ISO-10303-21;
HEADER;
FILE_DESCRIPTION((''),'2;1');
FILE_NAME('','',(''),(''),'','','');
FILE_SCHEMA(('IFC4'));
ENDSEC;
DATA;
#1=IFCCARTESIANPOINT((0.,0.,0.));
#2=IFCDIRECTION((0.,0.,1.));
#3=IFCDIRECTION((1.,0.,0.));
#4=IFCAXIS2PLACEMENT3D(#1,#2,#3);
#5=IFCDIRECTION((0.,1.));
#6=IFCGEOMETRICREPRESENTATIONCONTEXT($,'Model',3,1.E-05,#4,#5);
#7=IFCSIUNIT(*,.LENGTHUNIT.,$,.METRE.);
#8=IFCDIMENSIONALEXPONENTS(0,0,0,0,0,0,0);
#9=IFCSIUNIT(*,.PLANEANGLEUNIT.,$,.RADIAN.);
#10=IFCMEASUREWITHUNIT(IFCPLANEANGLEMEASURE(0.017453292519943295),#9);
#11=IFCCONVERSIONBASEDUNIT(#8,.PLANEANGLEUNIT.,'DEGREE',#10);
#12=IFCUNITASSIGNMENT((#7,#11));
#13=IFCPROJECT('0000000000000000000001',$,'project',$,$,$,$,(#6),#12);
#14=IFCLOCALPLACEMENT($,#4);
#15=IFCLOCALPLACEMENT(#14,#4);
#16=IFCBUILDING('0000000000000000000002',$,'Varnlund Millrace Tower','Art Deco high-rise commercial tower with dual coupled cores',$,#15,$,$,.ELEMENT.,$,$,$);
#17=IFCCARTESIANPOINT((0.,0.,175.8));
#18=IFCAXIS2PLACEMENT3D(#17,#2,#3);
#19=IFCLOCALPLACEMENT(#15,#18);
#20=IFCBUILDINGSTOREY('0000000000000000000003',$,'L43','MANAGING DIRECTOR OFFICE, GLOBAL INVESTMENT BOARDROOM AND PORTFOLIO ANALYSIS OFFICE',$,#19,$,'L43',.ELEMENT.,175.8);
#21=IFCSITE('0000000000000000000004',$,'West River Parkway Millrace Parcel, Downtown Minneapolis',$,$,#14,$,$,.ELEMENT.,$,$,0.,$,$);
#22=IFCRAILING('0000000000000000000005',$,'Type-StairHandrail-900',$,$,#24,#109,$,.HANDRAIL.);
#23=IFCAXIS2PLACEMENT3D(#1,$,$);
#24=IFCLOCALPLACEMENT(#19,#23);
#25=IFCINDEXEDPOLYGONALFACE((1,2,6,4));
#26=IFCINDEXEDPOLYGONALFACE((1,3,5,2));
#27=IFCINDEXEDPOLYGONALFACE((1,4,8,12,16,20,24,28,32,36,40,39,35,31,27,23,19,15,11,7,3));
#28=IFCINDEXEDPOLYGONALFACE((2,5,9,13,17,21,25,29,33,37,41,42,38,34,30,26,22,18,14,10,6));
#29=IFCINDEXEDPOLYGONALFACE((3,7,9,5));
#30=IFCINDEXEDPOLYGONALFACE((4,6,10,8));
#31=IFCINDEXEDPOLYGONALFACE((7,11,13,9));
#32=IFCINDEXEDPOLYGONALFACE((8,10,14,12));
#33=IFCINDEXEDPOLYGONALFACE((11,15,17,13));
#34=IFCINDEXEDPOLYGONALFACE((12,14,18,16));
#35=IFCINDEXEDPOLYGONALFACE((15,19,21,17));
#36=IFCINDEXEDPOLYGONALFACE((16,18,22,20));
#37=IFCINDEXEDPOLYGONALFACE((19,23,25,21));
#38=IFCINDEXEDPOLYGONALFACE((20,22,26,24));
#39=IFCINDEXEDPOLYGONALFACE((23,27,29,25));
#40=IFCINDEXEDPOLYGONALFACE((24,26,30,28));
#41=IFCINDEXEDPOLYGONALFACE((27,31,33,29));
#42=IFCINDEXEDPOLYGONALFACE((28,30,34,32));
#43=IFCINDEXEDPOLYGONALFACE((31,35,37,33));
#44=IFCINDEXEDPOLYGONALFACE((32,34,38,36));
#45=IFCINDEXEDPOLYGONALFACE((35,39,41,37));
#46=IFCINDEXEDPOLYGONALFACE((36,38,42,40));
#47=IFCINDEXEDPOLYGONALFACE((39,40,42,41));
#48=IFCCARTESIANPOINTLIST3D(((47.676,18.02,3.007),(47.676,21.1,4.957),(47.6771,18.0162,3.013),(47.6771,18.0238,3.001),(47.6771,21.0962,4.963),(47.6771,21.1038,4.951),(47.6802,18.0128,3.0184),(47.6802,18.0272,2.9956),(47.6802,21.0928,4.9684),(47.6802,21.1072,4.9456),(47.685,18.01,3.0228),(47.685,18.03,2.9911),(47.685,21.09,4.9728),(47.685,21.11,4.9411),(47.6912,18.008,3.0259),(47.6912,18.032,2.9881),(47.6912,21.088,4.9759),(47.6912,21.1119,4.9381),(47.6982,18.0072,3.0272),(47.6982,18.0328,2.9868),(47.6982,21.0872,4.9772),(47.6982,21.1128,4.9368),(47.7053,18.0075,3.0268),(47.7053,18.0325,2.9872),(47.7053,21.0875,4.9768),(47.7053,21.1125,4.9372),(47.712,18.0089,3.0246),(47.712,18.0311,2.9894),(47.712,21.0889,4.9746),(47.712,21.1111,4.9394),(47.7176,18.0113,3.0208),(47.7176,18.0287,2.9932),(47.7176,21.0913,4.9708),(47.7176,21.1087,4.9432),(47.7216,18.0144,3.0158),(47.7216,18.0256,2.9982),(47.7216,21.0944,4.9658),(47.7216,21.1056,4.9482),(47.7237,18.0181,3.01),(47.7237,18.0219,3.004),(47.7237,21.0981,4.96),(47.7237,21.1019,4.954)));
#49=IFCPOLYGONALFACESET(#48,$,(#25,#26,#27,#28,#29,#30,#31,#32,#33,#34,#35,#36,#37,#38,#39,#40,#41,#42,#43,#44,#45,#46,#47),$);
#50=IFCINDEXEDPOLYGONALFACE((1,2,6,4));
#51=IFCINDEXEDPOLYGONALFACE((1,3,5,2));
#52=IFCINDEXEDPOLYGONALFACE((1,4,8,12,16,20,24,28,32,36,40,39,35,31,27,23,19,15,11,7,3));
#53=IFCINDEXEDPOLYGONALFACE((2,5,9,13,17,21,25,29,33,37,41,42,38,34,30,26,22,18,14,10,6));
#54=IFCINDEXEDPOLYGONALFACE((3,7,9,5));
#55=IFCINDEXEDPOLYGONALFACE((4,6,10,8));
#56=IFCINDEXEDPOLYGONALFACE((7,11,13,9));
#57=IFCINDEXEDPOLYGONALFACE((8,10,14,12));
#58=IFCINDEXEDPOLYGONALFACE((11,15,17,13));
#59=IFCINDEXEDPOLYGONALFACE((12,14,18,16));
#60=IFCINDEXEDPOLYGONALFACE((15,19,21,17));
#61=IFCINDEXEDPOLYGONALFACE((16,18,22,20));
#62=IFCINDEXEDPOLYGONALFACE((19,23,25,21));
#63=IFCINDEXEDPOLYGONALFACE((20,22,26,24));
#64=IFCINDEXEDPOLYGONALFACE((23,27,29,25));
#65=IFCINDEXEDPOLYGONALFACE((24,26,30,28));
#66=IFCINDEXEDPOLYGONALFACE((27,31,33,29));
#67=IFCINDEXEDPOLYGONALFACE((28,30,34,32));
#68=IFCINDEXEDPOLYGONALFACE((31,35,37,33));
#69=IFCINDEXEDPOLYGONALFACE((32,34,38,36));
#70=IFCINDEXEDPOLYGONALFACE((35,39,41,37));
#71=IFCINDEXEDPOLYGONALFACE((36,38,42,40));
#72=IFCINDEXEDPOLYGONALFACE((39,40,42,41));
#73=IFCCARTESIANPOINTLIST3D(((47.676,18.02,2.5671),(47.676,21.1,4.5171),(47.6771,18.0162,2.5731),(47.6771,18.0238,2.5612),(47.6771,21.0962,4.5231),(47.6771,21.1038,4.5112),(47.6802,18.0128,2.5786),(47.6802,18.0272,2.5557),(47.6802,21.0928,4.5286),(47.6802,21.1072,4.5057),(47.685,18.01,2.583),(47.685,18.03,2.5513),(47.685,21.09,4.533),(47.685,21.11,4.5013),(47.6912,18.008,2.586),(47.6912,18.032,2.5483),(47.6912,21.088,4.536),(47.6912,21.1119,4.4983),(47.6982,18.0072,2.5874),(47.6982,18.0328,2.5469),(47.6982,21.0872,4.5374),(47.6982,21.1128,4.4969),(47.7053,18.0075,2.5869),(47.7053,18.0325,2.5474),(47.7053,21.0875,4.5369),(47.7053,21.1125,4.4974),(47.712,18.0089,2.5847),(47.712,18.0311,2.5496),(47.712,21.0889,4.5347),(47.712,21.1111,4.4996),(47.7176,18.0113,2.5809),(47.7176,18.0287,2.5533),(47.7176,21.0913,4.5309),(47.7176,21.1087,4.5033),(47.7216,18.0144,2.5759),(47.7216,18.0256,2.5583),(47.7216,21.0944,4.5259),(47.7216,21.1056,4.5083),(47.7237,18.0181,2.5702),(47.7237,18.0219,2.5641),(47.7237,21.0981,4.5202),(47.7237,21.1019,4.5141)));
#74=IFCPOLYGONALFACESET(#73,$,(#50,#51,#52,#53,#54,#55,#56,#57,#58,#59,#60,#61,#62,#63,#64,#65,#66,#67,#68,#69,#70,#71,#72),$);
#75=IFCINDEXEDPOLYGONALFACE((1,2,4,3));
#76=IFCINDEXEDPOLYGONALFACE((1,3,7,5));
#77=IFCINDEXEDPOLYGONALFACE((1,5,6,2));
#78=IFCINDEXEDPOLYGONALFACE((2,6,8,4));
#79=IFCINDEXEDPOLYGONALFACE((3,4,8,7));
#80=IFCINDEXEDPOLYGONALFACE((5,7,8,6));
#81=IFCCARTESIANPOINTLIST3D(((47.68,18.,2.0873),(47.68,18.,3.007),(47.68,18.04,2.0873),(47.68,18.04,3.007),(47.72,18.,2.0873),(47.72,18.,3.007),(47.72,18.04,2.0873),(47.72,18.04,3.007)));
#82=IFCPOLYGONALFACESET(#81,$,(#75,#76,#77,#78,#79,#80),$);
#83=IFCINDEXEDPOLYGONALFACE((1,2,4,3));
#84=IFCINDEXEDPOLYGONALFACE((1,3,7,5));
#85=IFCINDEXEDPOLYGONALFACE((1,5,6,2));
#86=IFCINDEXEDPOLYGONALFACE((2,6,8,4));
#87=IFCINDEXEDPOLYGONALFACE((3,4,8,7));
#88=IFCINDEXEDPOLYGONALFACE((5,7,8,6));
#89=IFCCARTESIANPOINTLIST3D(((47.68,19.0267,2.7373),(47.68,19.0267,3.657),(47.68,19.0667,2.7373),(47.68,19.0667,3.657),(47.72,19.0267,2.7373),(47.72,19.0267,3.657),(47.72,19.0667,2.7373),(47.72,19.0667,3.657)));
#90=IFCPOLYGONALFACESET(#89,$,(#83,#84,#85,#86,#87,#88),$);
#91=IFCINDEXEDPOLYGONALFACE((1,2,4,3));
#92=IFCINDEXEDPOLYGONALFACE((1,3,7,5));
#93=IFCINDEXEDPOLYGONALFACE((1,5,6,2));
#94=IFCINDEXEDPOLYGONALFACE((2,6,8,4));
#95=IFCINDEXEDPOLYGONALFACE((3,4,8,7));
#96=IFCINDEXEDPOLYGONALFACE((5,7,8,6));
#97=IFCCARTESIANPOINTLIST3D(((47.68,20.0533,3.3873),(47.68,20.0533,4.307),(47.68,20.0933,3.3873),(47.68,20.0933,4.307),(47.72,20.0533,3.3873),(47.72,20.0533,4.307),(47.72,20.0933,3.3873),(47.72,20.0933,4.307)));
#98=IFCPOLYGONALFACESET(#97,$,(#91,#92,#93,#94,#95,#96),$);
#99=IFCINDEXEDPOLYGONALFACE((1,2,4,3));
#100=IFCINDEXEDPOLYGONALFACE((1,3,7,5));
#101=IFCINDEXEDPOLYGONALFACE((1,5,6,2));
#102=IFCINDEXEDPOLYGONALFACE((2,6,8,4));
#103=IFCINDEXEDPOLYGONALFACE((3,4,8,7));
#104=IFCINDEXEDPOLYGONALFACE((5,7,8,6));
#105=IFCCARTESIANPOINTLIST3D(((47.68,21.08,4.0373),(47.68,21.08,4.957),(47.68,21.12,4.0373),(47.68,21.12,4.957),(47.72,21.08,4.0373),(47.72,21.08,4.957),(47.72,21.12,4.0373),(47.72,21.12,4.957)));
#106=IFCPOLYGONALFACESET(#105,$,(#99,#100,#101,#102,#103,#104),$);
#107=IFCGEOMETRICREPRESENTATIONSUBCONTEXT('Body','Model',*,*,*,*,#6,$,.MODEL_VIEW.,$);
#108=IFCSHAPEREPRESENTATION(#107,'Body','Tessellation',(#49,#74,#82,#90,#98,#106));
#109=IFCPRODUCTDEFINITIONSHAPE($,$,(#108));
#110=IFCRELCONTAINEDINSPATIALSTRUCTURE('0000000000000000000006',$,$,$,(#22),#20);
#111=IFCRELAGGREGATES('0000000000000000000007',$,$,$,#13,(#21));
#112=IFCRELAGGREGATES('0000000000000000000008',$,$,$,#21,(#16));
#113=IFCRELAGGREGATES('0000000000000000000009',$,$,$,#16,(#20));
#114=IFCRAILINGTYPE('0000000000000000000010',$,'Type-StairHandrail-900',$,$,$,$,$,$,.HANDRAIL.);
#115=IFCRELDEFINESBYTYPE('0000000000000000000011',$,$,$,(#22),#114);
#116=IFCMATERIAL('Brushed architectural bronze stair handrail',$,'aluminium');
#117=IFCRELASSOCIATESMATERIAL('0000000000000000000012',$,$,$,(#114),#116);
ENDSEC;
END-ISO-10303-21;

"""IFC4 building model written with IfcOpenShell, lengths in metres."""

from ifc_helpers import new_model, entity, si_unit, converted_unit, direction, frame, origin_with_axes, origin_2d_with_axis, place, context, subcontext, project, spatial, rectangle, circle, extrude, material, type_object, element, save


model = new_model("IFC4")

# Units and contexts
model_context = context("Model", 3, precision=1e-05, world=origin_with_axes(), true_north=direction((0.0, 1.0)))
body_context = subcontext(model_context, "Body", "Model", "MODEL_VIEW")
ifc_project = project(units=[si_unit("LENGTHUNIT", "METRE"), converted_unit("PLANEANGLEUNIT", "DEGREE", entity("IfcPlaneAngleMeasure", 0.017453292519943295), si_unit("PLANEANGLEUNIT", "RADIAN"), dimensions=[0, 0, 0, 0, 0, 0, 0])], contexts=[model_context])

# Site, building, storey
site_placement = place(None, origin_with_axes())
site = spatial("IfcSite", under=ifc_project, at=site_placement, Name="West River Parkway Millrace Parcel, Downtown Minneapolis", CompositionType="ELEMENT", RefElevation=0.0)
building_placement = place(site_placement, origin_with_axes())
building = spatial("IfcBuilding", under=site, at=building_placement, Name="Varnlund Millrace Tower", Description="Art Deco high-rise commercial tower with dual coupled cores", CompositionType="ELEMENT")
storey_placement = place(building_placement, frame((0.0, 0.0, 175.8), z_axis=(0.0, 0.0, 1.0), x_axis=(1.0, 0.0, 0.0)))
storey = spatial("IfcBuildingStorey", under=building, at=storey_placement, Name="L43", Description="MANAGING DIRECTOR OFFICE, GLOBAL INVESTMENT BOARDROOM AND PORTFOLIO ANALYSIS OFFICE", LongName="L43", CompositionType="ELEMENT", Elevation=175.8)

# Railing
ifc_material_1 = material(Name="Brushed architectural bronze stair handrail", Category="aluminium")
railing_type_1 = type_object("IfcRailingType", Name="Type-StairHandrail-900", PredefinedType="HANDRAIL", material=ifc_material_1)
railing_1_placement = place(storey_placement, frame((0.0, 0.0, -175.8), z_axis=(0.0, 0.0, 1.0), x_axis=(1.0, 0.0, 0.0)))
element("IfcRailing", 1, at=railing_1_placement, inside=storey, type_object=railing_type_1, Name="Type-StairHandrail-900", PredefinedType="HANDRAIL", context=body_context, shape_type="SweptSolid", body=[
    extrude(circle(Radius=0.024, at=origin_2d_with_axis()), frame((47.7, 18.02, 178.807), z_axis=(0.0, 0.844902, 0.534922), x_axis=(-1.0, 0.0, 0.0)), (0.0, 0.0, 1.0), 3.6454),
    extrude(circle(Radius=0.024, at=origin_2d_with_axis()), frame((47.7, 18.02, 178.3671), z_axis=(0.0, 0.844902, 0.534922), x_axis=(-1.0, 0.0, 0.0)), (0.0, 0.0, 1.0), 3.6454),
    extrude(rectangle(XDim=0.04, YDim=0.04, at=origin_2d_with_axis()), frame((47.7, 18.02, 177.8873), z_axis=(0.0, 0.0, 1.0), x_axis=(1.0, 0.0, 0.0)), (0.0, 0.0, 1.0), 0.9197),
    extrude(rectangle(XDim=0.04, YDim=0.04, at=origin_2d_with_axis()), frame((47.7, 19.0467, 178.5373), z_axis=(0.0, 0.0, 1.0), x_axis=(1.0, 0.0, 0.0)), (0.0, 0.0, 1.0), 0.9197),
    extrude(rectangle(XDim=0.04, YDim=0.04, at=origin_2d_with_axis()), frame((47.7, 20.0733, 179.1873), z_axis=(0.0, 0.0, 1.0), x_axis=(1.0, 0.0, 0.0)), (0.0, 0.0, 1.0), 0.9197),
    extrude(rectangle(XDim=0.04, YDim=0.04, at=origin_2d_with_axis()), frame((47.7, 21.1, 179.8373), z_axis=(0.0, 0.0, 1.0), x_axis=(1.0, 0.0, 0.0)), (0.0, 0.0, 1.0), 0.9197),
])

save(model, "model.ifc")
